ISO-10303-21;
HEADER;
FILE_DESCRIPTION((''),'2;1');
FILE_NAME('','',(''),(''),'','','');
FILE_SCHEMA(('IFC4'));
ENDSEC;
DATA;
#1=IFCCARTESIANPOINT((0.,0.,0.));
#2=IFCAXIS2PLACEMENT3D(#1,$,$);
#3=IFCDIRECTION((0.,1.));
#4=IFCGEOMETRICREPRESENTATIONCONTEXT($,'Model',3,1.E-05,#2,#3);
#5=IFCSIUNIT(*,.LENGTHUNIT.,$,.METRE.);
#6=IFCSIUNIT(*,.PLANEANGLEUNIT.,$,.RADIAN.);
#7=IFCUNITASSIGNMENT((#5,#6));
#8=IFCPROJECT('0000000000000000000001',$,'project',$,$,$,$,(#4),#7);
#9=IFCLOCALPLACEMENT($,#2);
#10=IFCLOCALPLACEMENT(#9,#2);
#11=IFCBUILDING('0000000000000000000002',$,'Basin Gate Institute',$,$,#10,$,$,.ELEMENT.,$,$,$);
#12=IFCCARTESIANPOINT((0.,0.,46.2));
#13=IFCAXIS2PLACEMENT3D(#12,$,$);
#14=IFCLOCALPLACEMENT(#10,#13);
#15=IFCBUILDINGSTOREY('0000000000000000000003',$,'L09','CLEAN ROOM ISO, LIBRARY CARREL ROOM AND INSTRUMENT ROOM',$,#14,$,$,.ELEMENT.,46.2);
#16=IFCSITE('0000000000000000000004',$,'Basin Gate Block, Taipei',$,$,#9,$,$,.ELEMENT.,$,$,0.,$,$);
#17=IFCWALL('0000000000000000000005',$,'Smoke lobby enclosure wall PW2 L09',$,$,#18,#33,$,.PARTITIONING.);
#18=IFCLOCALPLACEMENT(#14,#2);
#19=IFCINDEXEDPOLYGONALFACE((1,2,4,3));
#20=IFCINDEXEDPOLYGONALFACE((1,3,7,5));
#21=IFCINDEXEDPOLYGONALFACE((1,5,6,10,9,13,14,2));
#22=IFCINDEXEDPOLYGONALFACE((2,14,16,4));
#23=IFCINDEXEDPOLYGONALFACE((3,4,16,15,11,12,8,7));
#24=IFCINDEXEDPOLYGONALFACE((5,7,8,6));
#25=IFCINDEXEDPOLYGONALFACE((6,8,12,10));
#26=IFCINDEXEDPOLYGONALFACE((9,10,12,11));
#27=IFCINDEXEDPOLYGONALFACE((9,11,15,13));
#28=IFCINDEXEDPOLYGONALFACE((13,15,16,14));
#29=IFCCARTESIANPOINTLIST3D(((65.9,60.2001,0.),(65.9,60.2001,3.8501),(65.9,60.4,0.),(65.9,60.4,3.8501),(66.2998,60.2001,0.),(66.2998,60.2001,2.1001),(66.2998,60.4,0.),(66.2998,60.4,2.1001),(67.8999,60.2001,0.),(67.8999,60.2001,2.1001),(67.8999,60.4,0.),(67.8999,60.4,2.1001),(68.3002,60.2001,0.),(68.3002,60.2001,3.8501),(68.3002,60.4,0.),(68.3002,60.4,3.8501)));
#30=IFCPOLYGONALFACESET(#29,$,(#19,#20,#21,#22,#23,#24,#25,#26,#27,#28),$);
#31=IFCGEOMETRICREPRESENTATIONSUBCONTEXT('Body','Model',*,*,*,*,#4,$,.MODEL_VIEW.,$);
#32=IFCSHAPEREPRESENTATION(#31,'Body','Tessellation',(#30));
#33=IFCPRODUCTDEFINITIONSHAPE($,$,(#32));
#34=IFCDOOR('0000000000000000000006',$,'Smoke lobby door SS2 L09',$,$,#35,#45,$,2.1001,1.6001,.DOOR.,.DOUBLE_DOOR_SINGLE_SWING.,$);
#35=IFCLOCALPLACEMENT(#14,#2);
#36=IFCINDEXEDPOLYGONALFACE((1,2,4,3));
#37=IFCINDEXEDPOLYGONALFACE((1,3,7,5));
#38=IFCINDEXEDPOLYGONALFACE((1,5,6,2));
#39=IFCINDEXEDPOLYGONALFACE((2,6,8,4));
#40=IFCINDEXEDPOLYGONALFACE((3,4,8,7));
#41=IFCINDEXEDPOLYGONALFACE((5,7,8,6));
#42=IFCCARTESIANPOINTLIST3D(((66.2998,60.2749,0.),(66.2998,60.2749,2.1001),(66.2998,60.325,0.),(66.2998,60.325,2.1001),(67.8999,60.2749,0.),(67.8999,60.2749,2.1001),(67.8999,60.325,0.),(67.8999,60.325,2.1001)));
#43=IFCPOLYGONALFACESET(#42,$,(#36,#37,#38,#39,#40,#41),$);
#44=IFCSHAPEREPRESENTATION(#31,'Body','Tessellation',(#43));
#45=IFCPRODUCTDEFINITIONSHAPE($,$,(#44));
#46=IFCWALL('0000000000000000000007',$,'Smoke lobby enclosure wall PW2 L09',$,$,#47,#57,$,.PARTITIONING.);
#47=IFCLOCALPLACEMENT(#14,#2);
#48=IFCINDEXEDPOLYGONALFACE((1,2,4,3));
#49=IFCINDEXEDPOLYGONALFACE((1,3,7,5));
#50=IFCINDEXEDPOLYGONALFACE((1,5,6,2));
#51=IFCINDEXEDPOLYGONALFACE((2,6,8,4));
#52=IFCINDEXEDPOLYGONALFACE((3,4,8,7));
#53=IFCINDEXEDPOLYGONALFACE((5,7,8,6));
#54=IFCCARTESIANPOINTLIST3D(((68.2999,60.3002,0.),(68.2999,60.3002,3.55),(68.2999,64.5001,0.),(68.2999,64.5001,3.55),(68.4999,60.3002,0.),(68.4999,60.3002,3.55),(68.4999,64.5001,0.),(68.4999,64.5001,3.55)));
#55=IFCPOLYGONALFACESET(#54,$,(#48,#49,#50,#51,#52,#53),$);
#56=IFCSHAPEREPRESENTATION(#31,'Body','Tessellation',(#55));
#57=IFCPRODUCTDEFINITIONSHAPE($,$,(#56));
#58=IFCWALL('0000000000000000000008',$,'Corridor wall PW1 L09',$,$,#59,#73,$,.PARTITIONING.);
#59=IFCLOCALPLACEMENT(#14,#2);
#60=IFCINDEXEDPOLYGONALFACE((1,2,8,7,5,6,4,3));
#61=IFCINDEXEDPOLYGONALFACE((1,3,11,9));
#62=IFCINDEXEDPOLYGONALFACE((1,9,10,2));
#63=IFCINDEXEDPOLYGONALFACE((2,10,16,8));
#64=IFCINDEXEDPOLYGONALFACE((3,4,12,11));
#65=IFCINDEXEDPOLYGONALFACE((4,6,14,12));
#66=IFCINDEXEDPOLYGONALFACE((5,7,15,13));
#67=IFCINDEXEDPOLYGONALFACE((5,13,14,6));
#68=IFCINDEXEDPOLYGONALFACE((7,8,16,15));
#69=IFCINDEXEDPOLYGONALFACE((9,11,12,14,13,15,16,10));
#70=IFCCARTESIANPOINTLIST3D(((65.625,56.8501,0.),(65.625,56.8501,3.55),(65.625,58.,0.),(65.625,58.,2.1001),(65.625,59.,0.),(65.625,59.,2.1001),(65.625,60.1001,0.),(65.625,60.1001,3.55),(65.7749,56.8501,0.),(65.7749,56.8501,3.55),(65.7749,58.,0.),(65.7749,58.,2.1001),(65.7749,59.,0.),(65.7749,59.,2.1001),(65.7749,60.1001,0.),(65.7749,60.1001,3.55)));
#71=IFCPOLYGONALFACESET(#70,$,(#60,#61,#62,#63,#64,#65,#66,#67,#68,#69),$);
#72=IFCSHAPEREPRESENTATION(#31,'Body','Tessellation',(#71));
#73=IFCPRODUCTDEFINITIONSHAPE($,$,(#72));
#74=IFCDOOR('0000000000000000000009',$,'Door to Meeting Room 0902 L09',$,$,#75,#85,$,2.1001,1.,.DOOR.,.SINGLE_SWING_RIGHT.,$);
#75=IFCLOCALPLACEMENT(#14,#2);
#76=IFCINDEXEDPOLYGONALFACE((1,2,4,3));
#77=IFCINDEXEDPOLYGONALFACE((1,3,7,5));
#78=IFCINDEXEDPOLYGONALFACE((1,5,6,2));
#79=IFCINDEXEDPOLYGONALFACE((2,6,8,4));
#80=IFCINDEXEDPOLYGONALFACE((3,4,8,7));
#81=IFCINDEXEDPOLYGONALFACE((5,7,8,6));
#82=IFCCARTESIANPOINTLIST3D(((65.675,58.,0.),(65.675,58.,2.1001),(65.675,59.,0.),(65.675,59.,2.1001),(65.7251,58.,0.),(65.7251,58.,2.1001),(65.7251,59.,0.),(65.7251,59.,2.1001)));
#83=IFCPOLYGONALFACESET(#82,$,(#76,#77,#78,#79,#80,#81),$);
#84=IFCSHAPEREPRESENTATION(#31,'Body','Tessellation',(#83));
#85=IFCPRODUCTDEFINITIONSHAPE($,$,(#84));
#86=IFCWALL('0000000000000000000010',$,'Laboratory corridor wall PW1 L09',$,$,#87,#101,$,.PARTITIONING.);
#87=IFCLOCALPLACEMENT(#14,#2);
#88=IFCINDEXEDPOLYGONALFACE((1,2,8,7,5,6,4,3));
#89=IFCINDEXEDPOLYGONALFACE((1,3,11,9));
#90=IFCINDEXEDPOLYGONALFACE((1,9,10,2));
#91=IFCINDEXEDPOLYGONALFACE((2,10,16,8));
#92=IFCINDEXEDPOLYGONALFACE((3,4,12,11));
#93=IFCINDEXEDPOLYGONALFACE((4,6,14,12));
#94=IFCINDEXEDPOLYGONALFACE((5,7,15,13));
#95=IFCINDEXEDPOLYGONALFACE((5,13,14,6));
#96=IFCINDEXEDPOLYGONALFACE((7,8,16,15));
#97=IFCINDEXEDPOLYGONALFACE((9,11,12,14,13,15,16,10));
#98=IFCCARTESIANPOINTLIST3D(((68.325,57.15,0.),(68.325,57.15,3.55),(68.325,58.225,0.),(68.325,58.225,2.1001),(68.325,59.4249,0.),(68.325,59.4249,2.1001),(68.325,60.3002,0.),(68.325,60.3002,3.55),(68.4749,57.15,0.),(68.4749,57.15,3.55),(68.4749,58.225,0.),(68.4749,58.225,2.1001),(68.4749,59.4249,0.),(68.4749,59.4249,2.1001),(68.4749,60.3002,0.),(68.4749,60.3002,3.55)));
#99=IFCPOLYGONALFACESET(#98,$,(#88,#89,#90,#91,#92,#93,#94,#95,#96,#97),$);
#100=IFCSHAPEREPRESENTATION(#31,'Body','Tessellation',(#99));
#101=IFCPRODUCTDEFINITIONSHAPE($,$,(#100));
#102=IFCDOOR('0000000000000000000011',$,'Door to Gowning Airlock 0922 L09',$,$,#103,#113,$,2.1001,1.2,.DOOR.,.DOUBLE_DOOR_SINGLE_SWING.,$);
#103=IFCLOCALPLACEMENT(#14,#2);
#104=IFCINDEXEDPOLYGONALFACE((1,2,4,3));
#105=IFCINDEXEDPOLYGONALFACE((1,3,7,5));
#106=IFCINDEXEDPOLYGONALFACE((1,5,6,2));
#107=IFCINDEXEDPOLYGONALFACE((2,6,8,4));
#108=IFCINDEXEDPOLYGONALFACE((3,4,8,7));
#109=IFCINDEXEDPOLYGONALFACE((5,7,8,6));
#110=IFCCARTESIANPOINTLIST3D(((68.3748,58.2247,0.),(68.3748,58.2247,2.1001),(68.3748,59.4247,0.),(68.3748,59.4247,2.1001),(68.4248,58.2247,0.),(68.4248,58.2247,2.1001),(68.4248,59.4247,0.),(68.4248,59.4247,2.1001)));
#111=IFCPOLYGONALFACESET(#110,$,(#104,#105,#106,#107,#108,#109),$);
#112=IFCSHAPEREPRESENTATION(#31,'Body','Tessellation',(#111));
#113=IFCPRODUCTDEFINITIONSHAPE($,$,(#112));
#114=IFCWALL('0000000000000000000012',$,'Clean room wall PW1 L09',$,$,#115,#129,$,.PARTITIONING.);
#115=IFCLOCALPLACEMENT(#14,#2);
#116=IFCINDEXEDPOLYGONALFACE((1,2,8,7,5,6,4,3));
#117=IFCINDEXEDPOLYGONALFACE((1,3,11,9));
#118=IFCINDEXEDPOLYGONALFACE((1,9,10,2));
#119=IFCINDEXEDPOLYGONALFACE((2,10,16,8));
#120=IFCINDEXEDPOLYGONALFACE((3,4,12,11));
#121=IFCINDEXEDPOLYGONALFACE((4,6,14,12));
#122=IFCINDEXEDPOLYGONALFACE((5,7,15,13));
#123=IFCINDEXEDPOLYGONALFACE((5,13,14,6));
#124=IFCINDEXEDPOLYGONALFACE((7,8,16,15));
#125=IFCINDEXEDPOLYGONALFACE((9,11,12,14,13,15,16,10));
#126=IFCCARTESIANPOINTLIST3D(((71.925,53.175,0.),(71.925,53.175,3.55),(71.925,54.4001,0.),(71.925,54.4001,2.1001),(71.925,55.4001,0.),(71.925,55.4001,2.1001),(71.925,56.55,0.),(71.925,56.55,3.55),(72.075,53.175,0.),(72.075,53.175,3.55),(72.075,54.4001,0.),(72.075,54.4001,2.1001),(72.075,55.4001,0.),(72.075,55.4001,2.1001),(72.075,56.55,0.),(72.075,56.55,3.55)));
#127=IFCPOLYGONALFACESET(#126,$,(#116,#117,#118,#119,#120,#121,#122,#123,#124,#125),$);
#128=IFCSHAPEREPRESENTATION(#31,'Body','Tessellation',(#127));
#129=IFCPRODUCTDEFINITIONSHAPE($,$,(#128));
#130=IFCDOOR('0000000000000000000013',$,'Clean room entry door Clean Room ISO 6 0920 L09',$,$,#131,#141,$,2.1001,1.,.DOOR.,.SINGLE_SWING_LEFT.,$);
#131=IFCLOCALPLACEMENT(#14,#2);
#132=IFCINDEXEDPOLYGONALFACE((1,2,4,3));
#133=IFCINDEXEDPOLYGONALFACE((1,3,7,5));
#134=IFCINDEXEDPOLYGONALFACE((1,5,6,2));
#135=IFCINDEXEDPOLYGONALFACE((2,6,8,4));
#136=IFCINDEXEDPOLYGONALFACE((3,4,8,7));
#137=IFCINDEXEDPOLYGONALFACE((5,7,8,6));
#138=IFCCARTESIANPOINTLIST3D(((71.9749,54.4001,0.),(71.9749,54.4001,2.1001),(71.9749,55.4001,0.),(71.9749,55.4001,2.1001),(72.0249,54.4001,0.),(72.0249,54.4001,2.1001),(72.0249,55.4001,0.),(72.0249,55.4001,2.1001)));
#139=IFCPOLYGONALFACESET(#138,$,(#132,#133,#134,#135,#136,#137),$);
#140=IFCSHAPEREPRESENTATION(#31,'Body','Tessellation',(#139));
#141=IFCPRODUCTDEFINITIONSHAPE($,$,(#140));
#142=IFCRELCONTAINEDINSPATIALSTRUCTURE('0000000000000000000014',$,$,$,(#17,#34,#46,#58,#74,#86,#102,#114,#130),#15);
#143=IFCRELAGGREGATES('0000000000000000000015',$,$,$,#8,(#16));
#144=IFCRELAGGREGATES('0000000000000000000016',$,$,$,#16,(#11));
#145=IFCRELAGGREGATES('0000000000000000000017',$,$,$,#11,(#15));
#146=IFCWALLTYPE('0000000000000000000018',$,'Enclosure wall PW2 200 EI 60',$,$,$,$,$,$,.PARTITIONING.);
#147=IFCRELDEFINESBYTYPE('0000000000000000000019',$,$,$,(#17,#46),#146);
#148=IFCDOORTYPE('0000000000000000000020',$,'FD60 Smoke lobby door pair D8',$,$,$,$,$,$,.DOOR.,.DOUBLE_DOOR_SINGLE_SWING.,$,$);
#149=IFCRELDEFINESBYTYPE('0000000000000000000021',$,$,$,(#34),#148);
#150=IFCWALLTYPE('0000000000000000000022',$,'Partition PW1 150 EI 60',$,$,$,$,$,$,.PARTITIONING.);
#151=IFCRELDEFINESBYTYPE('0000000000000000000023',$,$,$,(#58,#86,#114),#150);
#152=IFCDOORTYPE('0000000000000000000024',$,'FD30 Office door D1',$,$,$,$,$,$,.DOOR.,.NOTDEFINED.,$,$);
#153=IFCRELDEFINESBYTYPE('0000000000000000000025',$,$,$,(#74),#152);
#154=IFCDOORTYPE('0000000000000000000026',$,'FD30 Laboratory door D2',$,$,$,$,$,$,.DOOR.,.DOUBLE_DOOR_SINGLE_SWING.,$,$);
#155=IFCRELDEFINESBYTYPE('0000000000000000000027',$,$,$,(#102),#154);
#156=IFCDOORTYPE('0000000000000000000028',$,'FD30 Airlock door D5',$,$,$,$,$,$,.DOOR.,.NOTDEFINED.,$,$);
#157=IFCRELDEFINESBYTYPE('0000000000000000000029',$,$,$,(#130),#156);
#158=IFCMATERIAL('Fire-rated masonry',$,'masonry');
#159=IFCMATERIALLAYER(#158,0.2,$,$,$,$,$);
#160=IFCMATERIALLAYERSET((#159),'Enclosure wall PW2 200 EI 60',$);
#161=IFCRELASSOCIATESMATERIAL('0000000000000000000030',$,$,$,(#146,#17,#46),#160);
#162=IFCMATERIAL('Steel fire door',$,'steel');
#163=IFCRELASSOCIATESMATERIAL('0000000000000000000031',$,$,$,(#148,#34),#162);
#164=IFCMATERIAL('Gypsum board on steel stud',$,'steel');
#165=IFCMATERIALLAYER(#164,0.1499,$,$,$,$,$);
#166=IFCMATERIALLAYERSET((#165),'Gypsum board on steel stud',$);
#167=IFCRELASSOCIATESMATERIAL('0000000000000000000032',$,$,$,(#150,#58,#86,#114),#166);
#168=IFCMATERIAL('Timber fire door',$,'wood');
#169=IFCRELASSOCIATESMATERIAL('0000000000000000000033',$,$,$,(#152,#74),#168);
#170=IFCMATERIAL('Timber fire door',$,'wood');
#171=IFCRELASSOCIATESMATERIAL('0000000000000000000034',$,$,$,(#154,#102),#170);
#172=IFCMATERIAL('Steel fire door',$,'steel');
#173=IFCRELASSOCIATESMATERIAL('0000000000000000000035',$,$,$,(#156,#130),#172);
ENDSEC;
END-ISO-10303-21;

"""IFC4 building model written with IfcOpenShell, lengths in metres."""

from ifc_helpers import new_model, si_unit, direction, frame, frame_2d, origin, place, context, subcontext, project, spatial, rectangle, extrude, material, layer, layer_set, type_object, element, fill, save


model = new_model("IFC4")

# Units and contexts
model_context = context("Model", 3, precision=1e-05, world=origin(), true_north=direction((0.0, 1.0)))
body_context = subcontext(model_context, "Body", "Model", "MODEL_VIEW")
ifc_project = project(units=[si_unit("LENGTHUNIT", "METRE"), si_unit("PLANEANGLEUNIT", "RADIAN")], contexts=[model_context])

# Site, building, storey
site_placement = place(None, origin())
site = spatial("IfcSite", under=ifc_project, at=site_placement, Name="Basin Gate Block, Taipei", CompositionType="ELEMENT", RefElevation=0.0)
building_placement = place(site_placement, origin())
building = spatial("IfcBuilding", under=site, at=building_placement, Name="Basin Gate Institute", CompositionType="ELEMENT")
storey_placement = place(building_placement, frame((0.0, 0.0, 46.2)))
storey = spatial("IfcBuildingStorey", under=building, at=storey_placement, Name="L09", Description="CLEAN ROOM ISO, LIBRARY CARREL ROOM AND INSTRUMENT ROOM", CompositionType="ELEMENT", Elevation=46.2)

# Wall, opening, door
ifc_material_1 = material(Name="Fire-rated masonry", Category="masonry")
ifc_layer_1 = layer(ifc_material_1, 0.2)
ifc_layer_set_1 = layer_set([ifc_layer_1], Name="Enclosure wall PW2 200 EI 60")
wall_type_1 = type_object("IfcWallType", Name="Enclosure wall PW2 200 EI 60", PredefinedType="PARTITIONING", material=ifc_layer_set_1)
wall_1_placement = place(storey_placement, frame((65.8999, 60.3, 0.0), z_axis=(0.0, 0.0, 1.0), x_axis=(1.0, 0.0, 0.0)))
wall_1 = element("IfcWall", 1, at=wall_1_placement, inside=storey, type_object=wall_type_1, material=ifc_layer_set_1, Name="Smoke lobby enclosure wall PW2 L09", PredefinedType="PARTITIONING", context=body_context, shape_type="SweptSolid", body=[
    extrude(rectangle(XDim=2.4001, YDim=0.2, at=frame_2d((1.2002, 0.0))), origin(), (0.0, 0.0, 1.0), 3.8501),
])
opening_1_placement = place(wall_1_placement, frame((0.3999, 0.0, 0.0)))
opening_1 = element("IfcOpeningElement", 2, at=opening_1_placement, cuts=wall_1, PredefinedType="OPENING", context=body_context, shape_type="SweptSolid", body=[
    extrude(rectangle(XDim=1.6001, YDim=2.1001, at=frame_2d((0.8, 1.05))), frame((0.0, 0.1099, 0.0), z_axis=(0.0, -1.0, 0.0), x_axis=(1.0, 0.0, 0.0)), (0.0, 0.0, 1.0), 0.22),
])
ifc_material_2 = material(Name="Steel fire door", Category="steel")
door_type_1 = type_object("IfcDoorType", Name="FD60 Smoke lobby door pair D8", OperationType="DOUBLE_DOOR_SINGLE_SWING", PredefinedType="DOOR", material=ifc_material_2)
door_1_placement = place(opening_1_placement, origin())
door_1 = element("IfcDoor", 3, at=door_1_placement, inside=storey, type_object=door_type_1, material=ifc_material_2, Name="Smoke lobby door SS2 L09", OperationType="DOUBLE_DOOR_SINGLE_SWING", OverallHeight=2.1001, OverallWidth=1.6001, PredefinedType="DOOR", context=body_context, shape_type="SweptSolid", body=[
    extrude(rectangle(XDim=1.6001, YDim=2.1001, at=frame_2d((0.8, 1.05))), frame((0.0, 0.0249, 0.0), z_axis=(0.0, -1.0, 0.0), x_axis=(1.0, 0.0, 0.0)), (0.0, 0.0, 1.0), 0.05),
])
fill(opening_1, door_1)

# Wall
wall_2_placement = place(storey_placement, frame((68.3999, 60.3, 0.0), z_axis=(0.0, 0.0, 1.0), x_axis=(0.0, 1.0, 0.0)))
element("IfcWall", 4, at=wall_2_placement, inside=storey, type_object=wall_type_1, material=ifc_layer_set_1, Name="Smoke lobby enclosure wall PW2 L09", PredefinedType="PARTITIONING", context=body_context, shape_type="SweptSolid", body=[
    extrude(rectangle(XDim=4.2, YDim=0.2, at=frame_2d((2.1001, 0.0))), origin(), (0.0, 0.0, 1.0), 3.55),
])

# Walls, openings, doors
ifc_material_3 = material(Name="Gypsum board on steel stud", Category="steel")
ifc_layer_2 = layer(ifc_material_3, 0.1499)
ifc_layer_set_2 = layer_set([ifc_layer_2], Name="Gypsum board on steel stud")
wall_type_2 = type_object("IfcWallType", Name="Partition PW1 150 EI 60", PredefinedType="PARTITIONING", material=ifc_layer_set_2)
wall_3_placement = place(storey_placement, frame((65.7, 56.8501, 0.0), z_axis=(0.0, 0.0, 1.0), x_axis=(0.0, 1.0, 0.0)))
wall_3 = element("IfcWall", 5, at=wall_3_placement, inside=storey, type_object=wall_type_2, material=ifc_layer_set_2, Name="Corridor wall PW1 L09", PredefinedType="PARTITIONING", context=body_context, shape_type="SweptSolid", body=[
    extrude(rectangle(XDim=3.25, YDim=0.1499, at=frame_2d((1.625, 0.0))), origin(), (0.0, 0.0, 1.0), 3.55),
])
opening_2_placement = place(wall_3_placement, frame((1.1499, 0.0, 0.0)))
opening_2 = element("IfcOpeningElement", 6, at=opening_2_placement, cuts=wall_3, PredefinedType="OPENING", context=body_context, shape_type="SweptSolid", body=[
    extrude(rectangle(XDim=1.0, YDim=2.1001, at=frame_2d((0.5, 1.05))), frame((0.0, 0.085, 0.0), z_axis=(0.0, -1.0, 0.0), x_axis=(1.0, 0.0, 0.0)), (0.0, 0.0, 1.0), 0.1699),
])
ifc_material_4 = material(Name="Timber fire door", Category="wood")
door_type_2 = type_object("IfcDoorType", Name="FD30 Office door D1", OperationType="NOTDEFINED", PredefinedType="DOOR", material=ifc_material_4)
door_2_placement = place(opening_2_placement, origin())
door_2 = element("IfcDoor", 7, at=door_2_placement, inside=storey, type_object=door_type_2, material=ifc_material_4, Name="Door to Meeting Room 0902 L09", OperationType="SINGLE_SWING_RIGHT", OverallHeight=2.1001, OverallWidth=1.0, PredefinedType="DOOR", context=body_context, shape_type="SweptSolid", body=[
    extrude(rectangle(XDim=1.0, YDim=2.1001, at=frame_2d((0.5, 1.05))), frame((0.0, 0.0249, 0.0), z_axis=(0.0, -1.0, 0.0), x_axis=(1.0, 0.0, 0.0)), (0.0, 0.0, 1.0), 0.05),
])
fill(opening_2, door_2)
wall_4_placement = place(storey_placement, frame((68.3999, 57.1499, 0.0), z_axis=(0.0, 0.0, 1.0), x_axis=(0.0, 1.0, 0.0)))
wall_4 = element("IfcWall", 8, at=wall_4_placement, inside=storey, type_object=wall_type_2, material=ifc_layer_set_2, Name="Laboratory corridor wall PW1 L09", PredefinedType="PARTITIONING", context=body_context, shape_type="SweptSolid", body=[
    extrude(rectangle(XDim=3.1501, YDim=0.1499, at=frame_2d((1.5752, 0.0))), origin(), (0.0, 0.0, 1.0), 3.55),
])
opening_3_placement = place(wall_4_placement, frame((1.075, 0.0, 0.0)))
opening_3 = element("IfcOpeningElement", 9, at=opening_3_placement, cuts=wall_4, PredefinedType="OPENING", context=body_context, shape_type="SweptSolid", body=[
    extrude(rectangle(XDim=1.2, YDim=2.1001, at=frame_2d((0.6001, 1.05))), frame((0.0, 0.085, 0.0), z_axis=(0.0, -1.0, 0.0), x_axis=(1.0, 0.0, 0.0)), (0.0, 0.0, 1.0), 0.1699),
])
ifc_material_5 = material(Name="Timber fire door", Category="wood")
door_type_3 = type_object("IfcDoorType", Name="FD30 Laboratory door D2", OperationType="DOUBLE_DOOR_SINGLE_SWING", PredefinedType="DOOR", material=ifc_material_5)
door_3_placement = place(opening_3_placement, frame((1.2, 0.0, 0.0), z_axis=(0.0, 0.0, 1.0), x_axis=(-1.0, 0.0, 0.0)))
door_3 = element("IfcDoor", 10, at=door_3_placement, inside=storey, type_object=door_type_3, material=ifc_material_5, Name="Door to Gowning Airlock 0922 L09", OperationType="DOUBLE_DOOR_SINGLE_SWING", OverallHeight=2.1001, OverallWidth=1.2, PredefinedType="DOOR", context=body_context, shape_type="SweptSolid", body=[
    extrude(rectangle(XDim=1.2, YDim=2.1001, at=frame_2d((0.6001, 1.05))), frame((0.0, 0.0249, 0.0), z_axis=(0.0, -1.0, 0.0), x_axis=(1.0, 0.0, 0.0)), (0.0, 0.0, 1.0), 0.05),
])
fill(opening_3, door_3)
wall_5_placement = place(storey_placement, frame((72.0, 53.175, 0.0), z_axis=(0.0, 0.0, 1.0), x_axis=(0.0, 1.0, 0.0)))
wall_5 = element("IfcWall", 11, at=wall_5_placement, inside=storey, type_object=wall_type_2, material=ifc_layer_set_2, Name="Clean room wall PW1 L09", PredefinedType="PARTITIONING", context=body_context, shape_type="SweptSolid", body=[
    extrude(rectangle(XDim=3.375, YDim=0.1499, at=frame_2d((1.6875, 0.0))), origin(), (0.0, 0.0, 1.0), 3.55),
])
opening_4_placement = place(wall_5_placement, frame((1.2251, 0.0, 0.0)))
opening_4 = element("IfcOpeningElement", 12, at=opening_4_placement, cuts=wall_5, PredefinedType="OPENING", context=body_context, shape_type="SweptSolid", body=[
    extrude(rectangle(XDim=1.0, YDim=2.1001, at=frame_2d((0.5, 1.05))), frame((0.0, 0.085, 0.0), z_axis=(0.0, -1.0, 0.0), x_axis=(1.0, 0.0, 0.0)), (0.0, 0.0, 1.0), 0.1699),
])
ifc_material_6 = material(Name="Steel fire door", Category="steel")
door_type_4 = type_object("IfcDoorType", Name="FD30 Airlock door D5", OperationType="NOTDEFINED", PredefinedType="DOOR", material=ifc_material_6)
door_4_placement = place(opening_4_placement, frame((1.0, 0.0, 0.0), z_axis=(0.0, 0.0, 1.0), x_axis=(-1.0, 0.0, 0.0)))
door_4 = element("IfcDoor", 13, at=door_4_placement, inside=storey, type_object=door_type_4, material=ifc_material_6, Name="Clean room entry door Clean Room ISO 6 0920 L09", OperationType="SINGLE_SWING_LEFT", OverallHeight=2.1001, OverallWidth=1.0, PredefinedType="DOOR", context=body_context, shape_type="SweptSolid", body=[
    extrude(rectangle(XDim=1.0, YDim=2.1001, at=frame_2d((0.5, 1.05))), frame((0.0, 0.0249, 0.0), z_axis=(0.0, -1.0, 0.0), x_axis=(1.0, 0.0, 0.0)), (0.0, 0.0, 1.0), 0.05),
])
fill(opening_4, door_4)

save(model, "model.ifc")
